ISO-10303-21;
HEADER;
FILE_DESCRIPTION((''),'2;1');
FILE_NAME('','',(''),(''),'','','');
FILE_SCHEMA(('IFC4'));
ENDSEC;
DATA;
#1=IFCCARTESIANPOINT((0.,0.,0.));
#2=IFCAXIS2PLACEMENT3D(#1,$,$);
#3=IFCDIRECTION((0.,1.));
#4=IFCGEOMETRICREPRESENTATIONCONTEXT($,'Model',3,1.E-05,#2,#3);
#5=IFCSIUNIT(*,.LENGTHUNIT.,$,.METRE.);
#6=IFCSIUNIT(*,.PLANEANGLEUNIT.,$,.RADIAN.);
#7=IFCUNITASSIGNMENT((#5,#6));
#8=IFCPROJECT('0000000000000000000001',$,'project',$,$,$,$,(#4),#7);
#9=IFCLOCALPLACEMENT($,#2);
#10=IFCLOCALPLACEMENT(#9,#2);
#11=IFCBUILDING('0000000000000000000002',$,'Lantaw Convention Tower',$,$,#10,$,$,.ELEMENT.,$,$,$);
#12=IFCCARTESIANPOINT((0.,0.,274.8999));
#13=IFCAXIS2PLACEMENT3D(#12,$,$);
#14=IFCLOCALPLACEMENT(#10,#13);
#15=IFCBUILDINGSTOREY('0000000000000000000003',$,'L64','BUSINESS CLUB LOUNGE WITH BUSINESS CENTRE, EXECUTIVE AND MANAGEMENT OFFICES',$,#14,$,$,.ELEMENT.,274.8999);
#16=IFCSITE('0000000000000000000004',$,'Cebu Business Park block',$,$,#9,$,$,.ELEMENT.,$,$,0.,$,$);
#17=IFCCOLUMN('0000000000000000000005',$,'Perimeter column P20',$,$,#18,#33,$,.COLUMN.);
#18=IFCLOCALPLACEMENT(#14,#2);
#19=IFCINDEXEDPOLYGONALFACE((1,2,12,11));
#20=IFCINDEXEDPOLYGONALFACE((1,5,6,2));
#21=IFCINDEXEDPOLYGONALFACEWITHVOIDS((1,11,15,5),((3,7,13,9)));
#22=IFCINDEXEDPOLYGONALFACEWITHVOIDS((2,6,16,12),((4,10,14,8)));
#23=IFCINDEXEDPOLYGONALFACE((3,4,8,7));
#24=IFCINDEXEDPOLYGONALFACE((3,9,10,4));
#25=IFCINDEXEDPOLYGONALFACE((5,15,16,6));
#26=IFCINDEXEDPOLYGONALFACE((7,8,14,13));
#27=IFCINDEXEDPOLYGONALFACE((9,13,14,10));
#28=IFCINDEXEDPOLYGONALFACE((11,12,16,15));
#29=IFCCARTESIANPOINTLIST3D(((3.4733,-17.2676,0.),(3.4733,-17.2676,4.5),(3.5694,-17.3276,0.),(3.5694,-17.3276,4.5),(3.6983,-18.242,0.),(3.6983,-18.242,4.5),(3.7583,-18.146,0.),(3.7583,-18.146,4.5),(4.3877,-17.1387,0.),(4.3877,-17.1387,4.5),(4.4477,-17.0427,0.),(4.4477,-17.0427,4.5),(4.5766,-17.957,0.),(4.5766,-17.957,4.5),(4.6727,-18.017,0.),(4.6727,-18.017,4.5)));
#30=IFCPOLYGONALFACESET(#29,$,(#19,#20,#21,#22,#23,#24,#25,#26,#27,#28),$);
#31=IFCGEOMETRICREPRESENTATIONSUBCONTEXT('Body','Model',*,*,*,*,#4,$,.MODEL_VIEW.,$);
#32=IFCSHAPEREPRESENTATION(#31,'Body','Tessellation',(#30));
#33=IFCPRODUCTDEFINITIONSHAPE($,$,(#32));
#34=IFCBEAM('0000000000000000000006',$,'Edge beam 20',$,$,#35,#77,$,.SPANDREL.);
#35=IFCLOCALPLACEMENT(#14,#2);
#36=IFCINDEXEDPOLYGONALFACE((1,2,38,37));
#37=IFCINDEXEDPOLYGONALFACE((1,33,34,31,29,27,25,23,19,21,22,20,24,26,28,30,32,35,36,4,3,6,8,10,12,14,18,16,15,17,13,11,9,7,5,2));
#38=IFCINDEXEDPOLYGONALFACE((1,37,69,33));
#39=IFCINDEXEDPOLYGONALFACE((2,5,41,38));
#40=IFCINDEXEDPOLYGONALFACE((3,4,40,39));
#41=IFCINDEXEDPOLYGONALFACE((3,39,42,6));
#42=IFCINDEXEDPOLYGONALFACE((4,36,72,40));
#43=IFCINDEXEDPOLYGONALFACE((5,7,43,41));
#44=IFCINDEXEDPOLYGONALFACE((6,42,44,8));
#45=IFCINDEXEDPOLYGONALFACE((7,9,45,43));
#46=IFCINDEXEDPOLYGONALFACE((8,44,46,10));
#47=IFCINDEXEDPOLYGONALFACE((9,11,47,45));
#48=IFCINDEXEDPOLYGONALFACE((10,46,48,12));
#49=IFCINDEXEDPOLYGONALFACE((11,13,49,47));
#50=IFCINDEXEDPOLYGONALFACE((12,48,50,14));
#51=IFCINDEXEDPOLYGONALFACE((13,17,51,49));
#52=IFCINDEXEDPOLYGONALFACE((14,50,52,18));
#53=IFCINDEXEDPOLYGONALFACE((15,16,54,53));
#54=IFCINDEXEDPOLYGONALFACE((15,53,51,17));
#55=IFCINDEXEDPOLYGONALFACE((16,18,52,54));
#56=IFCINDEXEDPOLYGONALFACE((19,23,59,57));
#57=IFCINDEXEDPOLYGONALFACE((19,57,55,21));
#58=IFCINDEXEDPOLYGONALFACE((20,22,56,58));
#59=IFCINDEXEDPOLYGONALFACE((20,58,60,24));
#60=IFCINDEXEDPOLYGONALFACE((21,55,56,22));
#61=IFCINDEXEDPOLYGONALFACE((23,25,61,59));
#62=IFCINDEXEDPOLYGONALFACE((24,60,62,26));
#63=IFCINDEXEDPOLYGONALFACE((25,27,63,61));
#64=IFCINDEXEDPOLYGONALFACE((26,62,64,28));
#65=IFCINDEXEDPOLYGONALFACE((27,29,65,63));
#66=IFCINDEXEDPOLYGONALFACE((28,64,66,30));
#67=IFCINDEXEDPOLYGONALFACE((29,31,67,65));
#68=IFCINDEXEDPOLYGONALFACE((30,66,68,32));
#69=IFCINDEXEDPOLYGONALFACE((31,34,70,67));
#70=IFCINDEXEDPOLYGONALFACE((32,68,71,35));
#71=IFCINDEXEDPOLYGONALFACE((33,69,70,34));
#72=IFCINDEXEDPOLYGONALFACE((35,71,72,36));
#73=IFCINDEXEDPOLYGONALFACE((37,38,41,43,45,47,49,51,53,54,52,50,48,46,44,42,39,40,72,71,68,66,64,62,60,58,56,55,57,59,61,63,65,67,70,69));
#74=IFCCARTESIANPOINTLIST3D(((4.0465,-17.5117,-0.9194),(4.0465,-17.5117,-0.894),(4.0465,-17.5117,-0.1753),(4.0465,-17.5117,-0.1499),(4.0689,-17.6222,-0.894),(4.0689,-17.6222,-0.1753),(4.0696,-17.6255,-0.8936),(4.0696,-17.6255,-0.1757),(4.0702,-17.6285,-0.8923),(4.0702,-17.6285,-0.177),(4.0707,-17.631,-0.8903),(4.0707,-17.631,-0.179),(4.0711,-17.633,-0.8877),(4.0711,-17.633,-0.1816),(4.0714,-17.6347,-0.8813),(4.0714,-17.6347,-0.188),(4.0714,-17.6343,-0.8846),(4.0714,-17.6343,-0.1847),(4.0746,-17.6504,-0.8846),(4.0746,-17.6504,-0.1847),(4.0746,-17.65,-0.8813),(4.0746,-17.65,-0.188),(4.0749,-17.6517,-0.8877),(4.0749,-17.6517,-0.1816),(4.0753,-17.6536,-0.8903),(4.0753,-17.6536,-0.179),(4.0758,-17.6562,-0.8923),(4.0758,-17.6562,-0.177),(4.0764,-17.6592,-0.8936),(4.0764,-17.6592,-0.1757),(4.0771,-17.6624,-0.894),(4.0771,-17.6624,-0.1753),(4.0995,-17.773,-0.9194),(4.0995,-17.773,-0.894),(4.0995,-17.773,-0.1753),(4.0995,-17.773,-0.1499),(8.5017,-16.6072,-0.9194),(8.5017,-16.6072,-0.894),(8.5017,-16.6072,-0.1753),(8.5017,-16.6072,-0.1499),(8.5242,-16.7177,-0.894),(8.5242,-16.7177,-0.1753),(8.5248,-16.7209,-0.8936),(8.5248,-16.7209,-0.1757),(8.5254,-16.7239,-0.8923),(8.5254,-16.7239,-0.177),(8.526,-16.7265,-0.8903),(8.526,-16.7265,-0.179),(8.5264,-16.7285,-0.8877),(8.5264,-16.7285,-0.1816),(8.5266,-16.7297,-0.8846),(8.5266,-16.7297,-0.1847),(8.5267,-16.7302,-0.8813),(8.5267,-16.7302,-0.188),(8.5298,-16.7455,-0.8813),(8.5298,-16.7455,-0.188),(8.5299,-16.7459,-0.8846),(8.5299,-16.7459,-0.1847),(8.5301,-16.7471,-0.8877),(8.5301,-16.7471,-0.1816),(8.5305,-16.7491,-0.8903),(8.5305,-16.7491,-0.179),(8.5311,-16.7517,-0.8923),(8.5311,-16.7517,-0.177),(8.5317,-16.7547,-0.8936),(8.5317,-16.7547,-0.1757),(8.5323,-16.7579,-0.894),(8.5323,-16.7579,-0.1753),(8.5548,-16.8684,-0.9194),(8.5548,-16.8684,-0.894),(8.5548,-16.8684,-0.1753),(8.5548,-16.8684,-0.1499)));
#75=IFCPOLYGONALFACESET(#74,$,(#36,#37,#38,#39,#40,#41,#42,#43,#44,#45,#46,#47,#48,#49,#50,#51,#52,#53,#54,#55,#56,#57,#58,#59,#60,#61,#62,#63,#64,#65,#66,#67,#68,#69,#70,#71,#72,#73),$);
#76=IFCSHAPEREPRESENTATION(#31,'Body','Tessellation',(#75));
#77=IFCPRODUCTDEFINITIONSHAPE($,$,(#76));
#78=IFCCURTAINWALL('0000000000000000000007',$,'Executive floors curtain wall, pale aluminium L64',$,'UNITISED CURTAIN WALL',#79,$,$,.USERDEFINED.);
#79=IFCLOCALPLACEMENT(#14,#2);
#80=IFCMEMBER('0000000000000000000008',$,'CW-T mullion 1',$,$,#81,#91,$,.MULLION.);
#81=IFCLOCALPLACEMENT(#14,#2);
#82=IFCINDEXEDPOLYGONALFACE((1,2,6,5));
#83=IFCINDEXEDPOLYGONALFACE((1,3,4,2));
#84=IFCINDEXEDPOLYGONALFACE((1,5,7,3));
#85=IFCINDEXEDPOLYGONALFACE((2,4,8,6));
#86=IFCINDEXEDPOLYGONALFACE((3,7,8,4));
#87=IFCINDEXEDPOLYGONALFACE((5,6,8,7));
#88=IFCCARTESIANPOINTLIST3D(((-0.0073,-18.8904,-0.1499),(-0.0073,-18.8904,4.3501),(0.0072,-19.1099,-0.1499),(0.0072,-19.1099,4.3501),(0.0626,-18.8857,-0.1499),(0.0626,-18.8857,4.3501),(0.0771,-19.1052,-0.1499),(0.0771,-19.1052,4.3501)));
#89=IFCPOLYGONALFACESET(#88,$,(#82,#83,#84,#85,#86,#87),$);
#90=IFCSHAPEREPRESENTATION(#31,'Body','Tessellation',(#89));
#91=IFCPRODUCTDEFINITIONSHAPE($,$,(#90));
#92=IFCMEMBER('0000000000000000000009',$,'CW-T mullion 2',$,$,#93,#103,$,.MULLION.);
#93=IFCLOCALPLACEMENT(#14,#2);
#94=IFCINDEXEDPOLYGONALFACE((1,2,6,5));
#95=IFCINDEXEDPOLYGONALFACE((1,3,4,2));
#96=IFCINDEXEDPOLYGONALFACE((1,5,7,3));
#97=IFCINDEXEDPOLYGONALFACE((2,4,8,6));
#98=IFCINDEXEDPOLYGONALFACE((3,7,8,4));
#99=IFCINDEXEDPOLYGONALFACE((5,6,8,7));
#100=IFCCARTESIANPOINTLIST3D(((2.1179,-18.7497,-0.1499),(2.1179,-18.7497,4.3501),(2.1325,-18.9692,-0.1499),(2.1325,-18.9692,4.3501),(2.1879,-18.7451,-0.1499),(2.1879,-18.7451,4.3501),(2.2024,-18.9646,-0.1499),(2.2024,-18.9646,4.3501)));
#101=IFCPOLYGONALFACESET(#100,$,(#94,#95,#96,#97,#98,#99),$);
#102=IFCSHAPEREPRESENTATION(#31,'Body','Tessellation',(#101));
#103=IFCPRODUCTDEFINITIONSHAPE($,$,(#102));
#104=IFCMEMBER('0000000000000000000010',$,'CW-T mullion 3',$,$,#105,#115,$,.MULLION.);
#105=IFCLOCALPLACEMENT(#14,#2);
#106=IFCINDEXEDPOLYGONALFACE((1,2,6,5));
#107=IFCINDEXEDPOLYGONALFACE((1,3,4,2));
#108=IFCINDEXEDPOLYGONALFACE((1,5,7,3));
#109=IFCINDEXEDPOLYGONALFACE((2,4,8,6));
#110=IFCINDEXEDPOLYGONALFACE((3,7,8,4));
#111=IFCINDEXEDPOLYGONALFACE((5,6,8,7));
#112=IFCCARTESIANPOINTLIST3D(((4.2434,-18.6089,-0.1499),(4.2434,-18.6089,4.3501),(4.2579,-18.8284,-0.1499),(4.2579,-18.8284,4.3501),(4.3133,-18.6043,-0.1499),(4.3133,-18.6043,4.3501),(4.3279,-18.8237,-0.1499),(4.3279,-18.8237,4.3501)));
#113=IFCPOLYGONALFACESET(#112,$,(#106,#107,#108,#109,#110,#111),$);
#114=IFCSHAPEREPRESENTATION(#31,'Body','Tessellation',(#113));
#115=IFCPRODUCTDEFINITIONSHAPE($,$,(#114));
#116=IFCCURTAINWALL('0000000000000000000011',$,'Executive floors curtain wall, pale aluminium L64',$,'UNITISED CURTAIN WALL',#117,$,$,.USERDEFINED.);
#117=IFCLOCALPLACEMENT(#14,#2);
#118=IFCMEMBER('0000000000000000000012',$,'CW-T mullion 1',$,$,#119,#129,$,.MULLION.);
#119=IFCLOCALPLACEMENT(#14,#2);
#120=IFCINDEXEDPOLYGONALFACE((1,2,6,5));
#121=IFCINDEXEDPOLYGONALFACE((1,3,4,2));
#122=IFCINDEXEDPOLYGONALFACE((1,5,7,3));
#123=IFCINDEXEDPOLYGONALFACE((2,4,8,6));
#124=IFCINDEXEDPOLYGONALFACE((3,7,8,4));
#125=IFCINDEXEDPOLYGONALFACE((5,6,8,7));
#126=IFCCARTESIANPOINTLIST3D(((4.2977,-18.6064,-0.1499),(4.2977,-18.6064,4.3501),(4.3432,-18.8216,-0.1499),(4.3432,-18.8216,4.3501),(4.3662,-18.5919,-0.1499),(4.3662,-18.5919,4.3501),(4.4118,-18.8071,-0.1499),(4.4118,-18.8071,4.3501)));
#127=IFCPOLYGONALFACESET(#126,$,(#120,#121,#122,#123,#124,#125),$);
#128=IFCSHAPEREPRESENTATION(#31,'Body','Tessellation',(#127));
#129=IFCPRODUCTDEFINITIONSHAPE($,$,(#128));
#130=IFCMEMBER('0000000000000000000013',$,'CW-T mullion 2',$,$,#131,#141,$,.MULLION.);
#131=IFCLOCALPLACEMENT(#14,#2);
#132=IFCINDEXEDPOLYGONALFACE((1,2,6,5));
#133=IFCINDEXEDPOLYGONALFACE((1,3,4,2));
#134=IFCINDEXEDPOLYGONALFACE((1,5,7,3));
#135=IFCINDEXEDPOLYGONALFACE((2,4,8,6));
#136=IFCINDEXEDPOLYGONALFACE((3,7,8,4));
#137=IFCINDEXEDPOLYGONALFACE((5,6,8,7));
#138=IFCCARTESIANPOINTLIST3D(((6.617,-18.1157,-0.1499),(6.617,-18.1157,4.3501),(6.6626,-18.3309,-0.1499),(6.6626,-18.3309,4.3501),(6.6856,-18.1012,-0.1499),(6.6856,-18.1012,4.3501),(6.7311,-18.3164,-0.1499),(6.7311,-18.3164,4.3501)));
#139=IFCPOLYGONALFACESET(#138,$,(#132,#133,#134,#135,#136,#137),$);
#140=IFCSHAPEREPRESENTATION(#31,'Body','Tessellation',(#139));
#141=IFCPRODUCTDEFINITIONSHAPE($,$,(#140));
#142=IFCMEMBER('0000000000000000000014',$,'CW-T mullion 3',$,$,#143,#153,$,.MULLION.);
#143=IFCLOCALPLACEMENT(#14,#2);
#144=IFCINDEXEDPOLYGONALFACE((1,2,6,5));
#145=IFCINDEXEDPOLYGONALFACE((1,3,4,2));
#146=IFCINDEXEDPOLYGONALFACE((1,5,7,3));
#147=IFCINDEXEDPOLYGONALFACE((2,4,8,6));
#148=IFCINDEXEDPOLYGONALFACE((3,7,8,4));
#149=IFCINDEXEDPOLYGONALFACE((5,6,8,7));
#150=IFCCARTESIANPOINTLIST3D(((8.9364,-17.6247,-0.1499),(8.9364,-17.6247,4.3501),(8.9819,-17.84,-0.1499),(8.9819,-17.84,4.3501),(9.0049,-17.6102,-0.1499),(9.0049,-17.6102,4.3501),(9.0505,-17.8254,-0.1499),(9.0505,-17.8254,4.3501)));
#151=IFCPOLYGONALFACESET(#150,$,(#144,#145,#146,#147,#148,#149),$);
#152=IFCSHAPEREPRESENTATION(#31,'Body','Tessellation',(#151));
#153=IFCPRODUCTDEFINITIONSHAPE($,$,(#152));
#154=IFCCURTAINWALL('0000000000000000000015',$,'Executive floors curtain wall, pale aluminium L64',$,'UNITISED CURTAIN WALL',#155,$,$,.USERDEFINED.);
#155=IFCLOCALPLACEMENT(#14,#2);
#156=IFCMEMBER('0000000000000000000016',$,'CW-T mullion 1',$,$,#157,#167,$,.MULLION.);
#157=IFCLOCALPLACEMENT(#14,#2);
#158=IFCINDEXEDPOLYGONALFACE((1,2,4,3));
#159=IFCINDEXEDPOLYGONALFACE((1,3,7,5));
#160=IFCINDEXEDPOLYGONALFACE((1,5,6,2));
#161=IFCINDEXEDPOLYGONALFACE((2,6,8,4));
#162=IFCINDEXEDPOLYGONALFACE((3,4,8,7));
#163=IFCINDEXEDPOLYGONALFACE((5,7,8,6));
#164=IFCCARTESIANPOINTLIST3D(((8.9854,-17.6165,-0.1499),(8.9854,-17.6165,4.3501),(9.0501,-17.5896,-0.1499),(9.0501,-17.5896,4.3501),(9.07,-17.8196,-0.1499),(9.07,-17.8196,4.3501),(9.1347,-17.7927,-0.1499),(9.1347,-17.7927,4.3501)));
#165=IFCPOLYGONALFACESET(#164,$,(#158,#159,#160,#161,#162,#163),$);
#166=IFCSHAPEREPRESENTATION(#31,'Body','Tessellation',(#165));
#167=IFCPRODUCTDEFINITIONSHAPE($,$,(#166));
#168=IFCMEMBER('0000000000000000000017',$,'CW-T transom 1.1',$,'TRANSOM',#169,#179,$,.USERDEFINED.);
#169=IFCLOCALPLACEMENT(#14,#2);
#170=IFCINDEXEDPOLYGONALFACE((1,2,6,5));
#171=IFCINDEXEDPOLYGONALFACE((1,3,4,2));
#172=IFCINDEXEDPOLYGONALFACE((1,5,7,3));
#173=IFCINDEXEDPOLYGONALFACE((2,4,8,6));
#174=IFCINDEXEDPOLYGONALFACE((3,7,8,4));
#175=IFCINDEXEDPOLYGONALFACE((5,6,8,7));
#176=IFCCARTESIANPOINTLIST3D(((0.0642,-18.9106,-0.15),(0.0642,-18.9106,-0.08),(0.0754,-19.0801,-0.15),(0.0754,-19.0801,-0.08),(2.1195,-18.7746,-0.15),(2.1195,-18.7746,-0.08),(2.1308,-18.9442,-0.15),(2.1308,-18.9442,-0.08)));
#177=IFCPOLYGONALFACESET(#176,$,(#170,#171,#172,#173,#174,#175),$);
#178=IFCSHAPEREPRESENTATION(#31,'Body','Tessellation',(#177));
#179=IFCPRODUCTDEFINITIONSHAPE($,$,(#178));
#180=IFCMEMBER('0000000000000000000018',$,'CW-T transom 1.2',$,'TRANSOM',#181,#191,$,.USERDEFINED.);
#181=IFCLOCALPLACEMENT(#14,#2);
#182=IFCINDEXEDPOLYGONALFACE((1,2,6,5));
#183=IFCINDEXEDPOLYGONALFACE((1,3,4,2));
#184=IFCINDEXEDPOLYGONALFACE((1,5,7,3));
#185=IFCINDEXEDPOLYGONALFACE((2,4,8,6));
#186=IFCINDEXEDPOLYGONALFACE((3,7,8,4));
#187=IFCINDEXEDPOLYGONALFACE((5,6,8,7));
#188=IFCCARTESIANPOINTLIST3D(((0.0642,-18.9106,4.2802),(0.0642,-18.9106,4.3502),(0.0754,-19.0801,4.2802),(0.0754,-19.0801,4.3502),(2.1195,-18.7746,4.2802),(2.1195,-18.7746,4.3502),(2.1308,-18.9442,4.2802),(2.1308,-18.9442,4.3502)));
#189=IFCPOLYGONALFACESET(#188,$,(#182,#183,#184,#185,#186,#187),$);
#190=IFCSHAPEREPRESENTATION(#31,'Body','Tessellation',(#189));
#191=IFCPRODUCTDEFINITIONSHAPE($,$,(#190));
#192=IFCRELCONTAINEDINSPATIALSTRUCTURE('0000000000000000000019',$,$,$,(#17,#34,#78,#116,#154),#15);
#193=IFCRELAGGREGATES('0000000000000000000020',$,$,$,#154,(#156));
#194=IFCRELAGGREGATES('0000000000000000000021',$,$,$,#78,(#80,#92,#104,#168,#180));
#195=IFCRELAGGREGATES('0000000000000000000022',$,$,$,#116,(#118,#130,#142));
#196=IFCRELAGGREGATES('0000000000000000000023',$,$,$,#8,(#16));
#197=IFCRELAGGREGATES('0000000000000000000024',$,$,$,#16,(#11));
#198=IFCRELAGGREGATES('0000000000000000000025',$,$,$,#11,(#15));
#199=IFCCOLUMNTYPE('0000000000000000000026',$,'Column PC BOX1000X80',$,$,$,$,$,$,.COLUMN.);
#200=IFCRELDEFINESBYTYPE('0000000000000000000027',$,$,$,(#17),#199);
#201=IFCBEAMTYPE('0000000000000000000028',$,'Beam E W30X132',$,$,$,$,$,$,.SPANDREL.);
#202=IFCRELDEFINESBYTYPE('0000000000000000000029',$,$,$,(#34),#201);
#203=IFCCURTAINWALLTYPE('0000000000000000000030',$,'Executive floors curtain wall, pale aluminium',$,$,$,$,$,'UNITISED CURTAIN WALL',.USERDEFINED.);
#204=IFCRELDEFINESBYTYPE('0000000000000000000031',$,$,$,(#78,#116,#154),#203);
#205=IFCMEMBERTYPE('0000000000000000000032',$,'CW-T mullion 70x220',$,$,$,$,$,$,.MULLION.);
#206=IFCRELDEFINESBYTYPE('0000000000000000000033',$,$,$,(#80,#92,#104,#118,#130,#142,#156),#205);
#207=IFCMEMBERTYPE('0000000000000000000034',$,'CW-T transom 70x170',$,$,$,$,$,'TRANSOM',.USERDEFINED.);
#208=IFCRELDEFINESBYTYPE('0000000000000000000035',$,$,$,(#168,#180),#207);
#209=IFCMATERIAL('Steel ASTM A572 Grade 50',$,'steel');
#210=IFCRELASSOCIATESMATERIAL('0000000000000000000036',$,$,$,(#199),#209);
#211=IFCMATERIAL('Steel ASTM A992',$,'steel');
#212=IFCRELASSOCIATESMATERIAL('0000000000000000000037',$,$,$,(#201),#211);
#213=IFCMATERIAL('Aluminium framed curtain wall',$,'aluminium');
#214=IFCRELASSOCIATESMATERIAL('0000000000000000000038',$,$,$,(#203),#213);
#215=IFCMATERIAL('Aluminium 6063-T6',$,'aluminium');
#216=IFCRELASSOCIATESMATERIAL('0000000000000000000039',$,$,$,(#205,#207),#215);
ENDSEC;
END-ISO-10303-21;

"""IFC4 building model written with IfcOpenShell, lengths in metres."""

from ifc_helpers import new_model, si_unit, direction, frame, origin, origin_2d, place, context, subcontext, project, spatial, rectangle, hollow_rectangle, i_section, extrude, material, material_profile, profile_set, type_object, element, aggregate, save


model = new_model("IFC4")

# Units and contexts
model_context = context("Model", 3, precision=1e-05, world=origin(), true_north=direction((0.0, 1.0)))
body_context = subcontext(model_context, "Body", "Model", "MODEL_VIEW")
ifc_project = project(units=[si_unit("LENGTHUNIT", "METRE"), si_unit("PLANEANGLEUNIT", "RADIAN")], contexts=[model_context])

# Site, building, storey
site_placement = place(None, origin())
site = spatial("IfcSite", under=ifc_project, at=site_placement, Name="Cebu Business Park block", CompositionType="ELEMENT", RefElevation=0.0)
building_placement = place(site_placement, origin())
building = spatial("IfcBuilding", under=site, at=building_placement, Name="Lantaw Convention Tower", CompositionType="ELEMENT")
storey_placement = place(building_placement, frame((0.0, 0.0, 274.8999)))
storey = spatial("IfcBuildingStorey", under=building, at=storey_placement, Name="L64", Description="BUSINESS CLUB LOUNGE WITH BUSINESS CENTRE, EXECUTIVE AND MANAGEMENT OFFICES", CompositionType="ELEMENT", Elevation=274.8999)

# Column
ifc_material_1 = material(Name="Steel ASTM A572 Grade 50", Category="steel")
ifc_material_profile_1 = material_profile(ifc_material_1, hollow_rectangle(XDim=1.0, YDim=1.0, WallThickness=0.0801, at=origin_2d()), Name="BOX1000X80")
ifc_material_2 = material(Name="Concrete C60/75", Category="concrete")
ifc_material_profile_2 = material_profile(ifc_material_2, rectangle(XDim=0.8401, YDim=0.8401, at=origin_2d()), Name="Concrete fill of BOX1000X80")
ifc_profile_set_1 = profile_set([ifc_material_profile_1, ifc_material_profile_2], Name="Steel ASTM A572 Grade 50")
column_type = type_object("IfcColumnType", Name="Column PC BOX1000X80", PredefinedType="COLUMN", material=ifc_profile_set_1)
column_placement = place(storey_placement, frame((4.073, -17.6423, 0.0), z_axis=(0.0, 0.0, 1.0), x_axis=(0.97437, 0.224951, 0.0)))
element("IfcColumn", 1, at=column_placement, inside=storey, type_object=column_type, Name="Perimeter column P20", PredefinedType="COLUMN", context=body_context, shape_type="SweptSolid", body=[
    extrude(hollow_rectangle(XDim=1.0, YDim=1.0, WallThickness=0.0801, at=origin_2d()), origin(), (0.0, 0.0, 1.0), 4.5),
])

# Beam
ifc_material_3 = material(Name="Steel ASTM A992", Category="steel")
ifc_material_profile_3 = material_profile(ifc_material_3, i_section(OverallWidth=0.2666, OverallDepth=0.7695, WebThickness=0.0156, FlangeThickness=0.0254, FilletRadius=0.0127, at=origin_2d()), Name="W30X132")
ifc_profile_set_2 = profile_set([ifc_material_profile_3], Name="Steel ASTM A992")
beam_type = type_object("IfcBeamType", Name="Beam E W30X132", PredefinedType="SPANDREL", material=ifc_profile_set_2)
beam_placement = place(storey_placement, frame((4.073, -17.6423, -0.5347), z_axis=(0.980006, 0.198966, 0.0), x_axis=(-0.198966, 0.980006, 0.0)))
element("IfcBeam", 2, at=beam_placement, inside=storey, type_object=beam_type, Name="Edge beam 20", PredefinedType="SPANDREL", context=body_context, shape_type="SweptSolid", body=[
    extrude(i_section(OverallWidth=0.2666, OverallDepth=0.7695, WebThickness=0.0156, FlangeThickness=0.0254, FilletRadius=0.0127, at=origin_2d()), origin(), (0.0, 0.0, 1.0), 4.5461),
])

# Curtain walls, members
ifc_material_4 = material(Name="Aluminium framed curtain wall", Category="aluminium")
curtain_wall_type = type_object("IfcCurtainWallType", Name="Executive floors curtain wall, pale aluminium", ElementType="UNITISED CURTAIN WALL", PredefinedType="USERDEFINED", material=ifc_material_4)
curtain_wall_1_placement = place(storey_placement, origin())
curtain_wall_1 = element("IfcCurtainWall", 3, at=curtain_wall_1_placement, inside=storey, type_object=curtain_wall_type, Name="Executive floors curtain wall, pale aluminium L64", ObjectType="UNITISED CURTAIN WALL", PredefinedType="USERDEFINED")
ifc_material_5 = material(Name="Aluminium 6063-T6", Category="aluminium")
ifc_material_profile_4 = material_profile(ifc_material_5, rectangle(XDim=0.22, YDim=0.0701, at=origin_2d()), Name="CW-T mullion 70x220")
ifc_profile_set_3 = profile_set([ifc_material_profile_4], Name="Aluminium 6063-T6")
member_type_1 = type_object("IfcMemberType", Name="CW-T mullion 70x220", PredefinedType="MULLION", material=ifc_profile_set_3)
member_1_placement = place(storey_placement, frame((0.0349, -18.9978, -0.1499), z_axis=(0.0, 0.0, 1.0), x_axis=(-0.066025, 0.997818, 0.0)))
member_1 = element("IfcMember", 4, at=member_1_placement, type_object=member_type_1, Name="CW-T mullion 1", PredefinedType="MULLION", context=body_context, shape_type="SweptSolid", body=[
    extrude(rectangle(XDim=0.22, YDim=0.0701, at=origin_2d()), origin(), (0.0, 0.0, 1.0), 4.5),
])
member_2_placement = place(storey_placement, frame((2.1602, -18.8572, -0.1499), z_axis=(0.0, 0.0, 1.0), x_axis=(-0.066025, 0.997818, 0.0)))
member_2 = element("IfcMember", 5, at=member_2_placement, type_object=member_type_1, Name="CW-T mullion 2", PredefinedType="MULLION", context=body_context, shape_type="SweptSolid", body=[
    extrude(rectangle(XDim=0.22, YDim=0.0701, at=origin_2d()), origin(), (0.0, 0.0, 1.0), 4.5),
])
member_3_placement = place(storey_placement, frame((4.2856, -18.7163, -0.1499), z_axis=(0.0, 0.0, 1.0), x_axis=(-0.066025, 0.997818, 0.0)))
member_3 = element("IfcMember", 6, at=member_3_placement, type_object=member_type_1, Name="CW-T mullion 3", PredefinedType="MULLION", context=body_context, shape_type="SweptSolid", body=[
    extrude(rectangle(XDim=0.22, YDim=0.0701, at=origin_2d()), origin(), (0.0, 0.0, 1.0), 4.5),
])
curtain_wall_2_placement = place(storey_placement, origin())
curtain_wall_2 = element("IfcCurtainWall", 7, at=curtain_wall_2_placement, inside=storey, type_object=curtain_wall_type, Name="Executive floors curtain wall, pale aluminium L64", ObjectType="UNITISED CURTAIN WALL", PredefinedType="USERDEFINED")
member_4_placement = place(storey_placement, frame((4.3547, -18.7068, -0.1499), z_axis=(0.0, 0.0, 1.0), x_axis=(-0.20704, 0.978332, 0.0)))
member_4 = element("IfcMember", 8, at=member_4_placement, type_object=member_type_1, Name="CW-T mullion 1", PredefinedType="MULLION", context=body_context, shape_type="SweptSolid", body=[
    extrude(rectangle(XDim=0.22, YDim=0.0701, at=origin_2d()), origin(), (0.0, 0.0, 1.0), 4.5),
])
member_5_placement = place(storey_placement, frame((6.6741, -18.2161, -0.1499), z_axis=(0.0, 0.0, 1.0), x_axis=(-0.20704, 0.978332, 0.0)))
member_5 = element("IfcMember", 9, at=member_5_placement, type_object=member_type_1, Name="CW-T mullion 2", PredefinedType="MULLION", context=body_context, shape_type="SweptSolid", body=[
    extrude(rectangle(XDim=0.22, YDim=0.0701, at=origin_2d()), origin(), (0.0, 0.0, 1.0), 4.5),
])
member_6_placement = place(storey_placement, frame((8.9934, -17.7251, -0.1499), z_axis=(0.0, 0.0, 1.0), x_axis=(-0.20704, 0.978332, 0.0)))
member_6 = element("IfcMember", 10, at=member_6_placement, type_object=member_type_1, Name="CW-T mullion 3", PredefinedType="MULLION", context=body_context, shape_type="SweptSolid", body=[
    extrude(rectangle(XDim=0.22, YDim=0.0701, at=origin_2d()), origin(), (0.0, 0.0, 1.0), 4.5),
])

# Curtain wall, member
curtain_wall_3_placement = place(storey_placement, origin())
curtain_wall_3 = element("IfcCurtainWall", 11, at=curtain_wall_3_placement, inside=storey, type_object=curtain_wall_type, Name="Executive floors curtain wall, pale aluminium L64", ObjectType="UNITISED CURTAIN WALL", PredefinedType="USERDEFINED")
member_7_placement = place(storey_placement, frame((9.0601, -17.7046, -0.1499), z_axis=(0.0, 0.0, 1.0), x_axis=(-0.38446, 0.923142, 0.0)))
member_7 = element("IfcMember", 12, at=member_7_placement, type_object=member_type_1, Name="CW-T mullion 1", PredefinedType="MULLION", context=body_context, shape_type="SweptSolid", body=[
    extrude(rectangle(XDim=0.22, YDim=0.0701, at=origin_2d()), origin(), (0.0, 0.0, 1.0), 4.5),
])

# Members
ifc_material_profile_5 = material_profile(ifc_material_5, rectangle(XDim=0.1699, YDim=0.0701, at=origin_2d()), Name="CW-T transom 70x170")
ifc_profile_set_4 = profile_set([ifc_material_profile_5], Name="Aluminium 6063-T6")
member_type_2 = type_object("IfcMemberType", Name="CW-T transom 70x170", ElementType="TRANSOM", PredefinedType="USERDEFINED", material=ifc_profile_set_4)
member_8_placement = place(storey_placement, frame((0.0698, -18.9954, -0.115), z_axis=(0.997819, 0.066016, 0.0), x_axis=(-0.066016, 0.997819, 0.0)))
member_8 = element("IfcMember", 13, at=member_8_placement, type_object=member_type_2, Name="CW-T transom 1.1", ObjectType="TRANSOM", PredefinedType="USERDEFINED", context=body_context, shape_type="SweptSolid", body=[
    extrude(rectangle(XDim=0.1699, YDim=0.0701, at=origin_2d()), origin(), (0.0, 0.0, 1.0), 2.0598),
])
member_9_placement = place(storey_placement, frame((0.0698, -18.9954, 4.3152), z_axis=(0.997819, 0.066016, 0.0), x_axis=(-0.066016, 0.997819, 0.0)))
member_9 = element("IfcMember", 14, at=member_9_placement, type_object=member_type_2, Name="CW-T transom 1.2", ObjectType="TRANSOM", PredefinedType="USERDEFINED", context=body_context, shape_type="SweptSolid", body=[
    extrude(rectangle(XDim=0.1699, YDim=0.0701, at=origin_2d()), origin(), (0.0, 0.0, 1.0), 2.0598),
])
aggregate(curtain_wall_3, [member_7])

aggregate(curtain_wall_1, [member_1, member_2, member_3, member_8, member_9])
aggregate(curtain_wall_2, [member_4, member_5, member_6])

save(model, "model.ifc")
